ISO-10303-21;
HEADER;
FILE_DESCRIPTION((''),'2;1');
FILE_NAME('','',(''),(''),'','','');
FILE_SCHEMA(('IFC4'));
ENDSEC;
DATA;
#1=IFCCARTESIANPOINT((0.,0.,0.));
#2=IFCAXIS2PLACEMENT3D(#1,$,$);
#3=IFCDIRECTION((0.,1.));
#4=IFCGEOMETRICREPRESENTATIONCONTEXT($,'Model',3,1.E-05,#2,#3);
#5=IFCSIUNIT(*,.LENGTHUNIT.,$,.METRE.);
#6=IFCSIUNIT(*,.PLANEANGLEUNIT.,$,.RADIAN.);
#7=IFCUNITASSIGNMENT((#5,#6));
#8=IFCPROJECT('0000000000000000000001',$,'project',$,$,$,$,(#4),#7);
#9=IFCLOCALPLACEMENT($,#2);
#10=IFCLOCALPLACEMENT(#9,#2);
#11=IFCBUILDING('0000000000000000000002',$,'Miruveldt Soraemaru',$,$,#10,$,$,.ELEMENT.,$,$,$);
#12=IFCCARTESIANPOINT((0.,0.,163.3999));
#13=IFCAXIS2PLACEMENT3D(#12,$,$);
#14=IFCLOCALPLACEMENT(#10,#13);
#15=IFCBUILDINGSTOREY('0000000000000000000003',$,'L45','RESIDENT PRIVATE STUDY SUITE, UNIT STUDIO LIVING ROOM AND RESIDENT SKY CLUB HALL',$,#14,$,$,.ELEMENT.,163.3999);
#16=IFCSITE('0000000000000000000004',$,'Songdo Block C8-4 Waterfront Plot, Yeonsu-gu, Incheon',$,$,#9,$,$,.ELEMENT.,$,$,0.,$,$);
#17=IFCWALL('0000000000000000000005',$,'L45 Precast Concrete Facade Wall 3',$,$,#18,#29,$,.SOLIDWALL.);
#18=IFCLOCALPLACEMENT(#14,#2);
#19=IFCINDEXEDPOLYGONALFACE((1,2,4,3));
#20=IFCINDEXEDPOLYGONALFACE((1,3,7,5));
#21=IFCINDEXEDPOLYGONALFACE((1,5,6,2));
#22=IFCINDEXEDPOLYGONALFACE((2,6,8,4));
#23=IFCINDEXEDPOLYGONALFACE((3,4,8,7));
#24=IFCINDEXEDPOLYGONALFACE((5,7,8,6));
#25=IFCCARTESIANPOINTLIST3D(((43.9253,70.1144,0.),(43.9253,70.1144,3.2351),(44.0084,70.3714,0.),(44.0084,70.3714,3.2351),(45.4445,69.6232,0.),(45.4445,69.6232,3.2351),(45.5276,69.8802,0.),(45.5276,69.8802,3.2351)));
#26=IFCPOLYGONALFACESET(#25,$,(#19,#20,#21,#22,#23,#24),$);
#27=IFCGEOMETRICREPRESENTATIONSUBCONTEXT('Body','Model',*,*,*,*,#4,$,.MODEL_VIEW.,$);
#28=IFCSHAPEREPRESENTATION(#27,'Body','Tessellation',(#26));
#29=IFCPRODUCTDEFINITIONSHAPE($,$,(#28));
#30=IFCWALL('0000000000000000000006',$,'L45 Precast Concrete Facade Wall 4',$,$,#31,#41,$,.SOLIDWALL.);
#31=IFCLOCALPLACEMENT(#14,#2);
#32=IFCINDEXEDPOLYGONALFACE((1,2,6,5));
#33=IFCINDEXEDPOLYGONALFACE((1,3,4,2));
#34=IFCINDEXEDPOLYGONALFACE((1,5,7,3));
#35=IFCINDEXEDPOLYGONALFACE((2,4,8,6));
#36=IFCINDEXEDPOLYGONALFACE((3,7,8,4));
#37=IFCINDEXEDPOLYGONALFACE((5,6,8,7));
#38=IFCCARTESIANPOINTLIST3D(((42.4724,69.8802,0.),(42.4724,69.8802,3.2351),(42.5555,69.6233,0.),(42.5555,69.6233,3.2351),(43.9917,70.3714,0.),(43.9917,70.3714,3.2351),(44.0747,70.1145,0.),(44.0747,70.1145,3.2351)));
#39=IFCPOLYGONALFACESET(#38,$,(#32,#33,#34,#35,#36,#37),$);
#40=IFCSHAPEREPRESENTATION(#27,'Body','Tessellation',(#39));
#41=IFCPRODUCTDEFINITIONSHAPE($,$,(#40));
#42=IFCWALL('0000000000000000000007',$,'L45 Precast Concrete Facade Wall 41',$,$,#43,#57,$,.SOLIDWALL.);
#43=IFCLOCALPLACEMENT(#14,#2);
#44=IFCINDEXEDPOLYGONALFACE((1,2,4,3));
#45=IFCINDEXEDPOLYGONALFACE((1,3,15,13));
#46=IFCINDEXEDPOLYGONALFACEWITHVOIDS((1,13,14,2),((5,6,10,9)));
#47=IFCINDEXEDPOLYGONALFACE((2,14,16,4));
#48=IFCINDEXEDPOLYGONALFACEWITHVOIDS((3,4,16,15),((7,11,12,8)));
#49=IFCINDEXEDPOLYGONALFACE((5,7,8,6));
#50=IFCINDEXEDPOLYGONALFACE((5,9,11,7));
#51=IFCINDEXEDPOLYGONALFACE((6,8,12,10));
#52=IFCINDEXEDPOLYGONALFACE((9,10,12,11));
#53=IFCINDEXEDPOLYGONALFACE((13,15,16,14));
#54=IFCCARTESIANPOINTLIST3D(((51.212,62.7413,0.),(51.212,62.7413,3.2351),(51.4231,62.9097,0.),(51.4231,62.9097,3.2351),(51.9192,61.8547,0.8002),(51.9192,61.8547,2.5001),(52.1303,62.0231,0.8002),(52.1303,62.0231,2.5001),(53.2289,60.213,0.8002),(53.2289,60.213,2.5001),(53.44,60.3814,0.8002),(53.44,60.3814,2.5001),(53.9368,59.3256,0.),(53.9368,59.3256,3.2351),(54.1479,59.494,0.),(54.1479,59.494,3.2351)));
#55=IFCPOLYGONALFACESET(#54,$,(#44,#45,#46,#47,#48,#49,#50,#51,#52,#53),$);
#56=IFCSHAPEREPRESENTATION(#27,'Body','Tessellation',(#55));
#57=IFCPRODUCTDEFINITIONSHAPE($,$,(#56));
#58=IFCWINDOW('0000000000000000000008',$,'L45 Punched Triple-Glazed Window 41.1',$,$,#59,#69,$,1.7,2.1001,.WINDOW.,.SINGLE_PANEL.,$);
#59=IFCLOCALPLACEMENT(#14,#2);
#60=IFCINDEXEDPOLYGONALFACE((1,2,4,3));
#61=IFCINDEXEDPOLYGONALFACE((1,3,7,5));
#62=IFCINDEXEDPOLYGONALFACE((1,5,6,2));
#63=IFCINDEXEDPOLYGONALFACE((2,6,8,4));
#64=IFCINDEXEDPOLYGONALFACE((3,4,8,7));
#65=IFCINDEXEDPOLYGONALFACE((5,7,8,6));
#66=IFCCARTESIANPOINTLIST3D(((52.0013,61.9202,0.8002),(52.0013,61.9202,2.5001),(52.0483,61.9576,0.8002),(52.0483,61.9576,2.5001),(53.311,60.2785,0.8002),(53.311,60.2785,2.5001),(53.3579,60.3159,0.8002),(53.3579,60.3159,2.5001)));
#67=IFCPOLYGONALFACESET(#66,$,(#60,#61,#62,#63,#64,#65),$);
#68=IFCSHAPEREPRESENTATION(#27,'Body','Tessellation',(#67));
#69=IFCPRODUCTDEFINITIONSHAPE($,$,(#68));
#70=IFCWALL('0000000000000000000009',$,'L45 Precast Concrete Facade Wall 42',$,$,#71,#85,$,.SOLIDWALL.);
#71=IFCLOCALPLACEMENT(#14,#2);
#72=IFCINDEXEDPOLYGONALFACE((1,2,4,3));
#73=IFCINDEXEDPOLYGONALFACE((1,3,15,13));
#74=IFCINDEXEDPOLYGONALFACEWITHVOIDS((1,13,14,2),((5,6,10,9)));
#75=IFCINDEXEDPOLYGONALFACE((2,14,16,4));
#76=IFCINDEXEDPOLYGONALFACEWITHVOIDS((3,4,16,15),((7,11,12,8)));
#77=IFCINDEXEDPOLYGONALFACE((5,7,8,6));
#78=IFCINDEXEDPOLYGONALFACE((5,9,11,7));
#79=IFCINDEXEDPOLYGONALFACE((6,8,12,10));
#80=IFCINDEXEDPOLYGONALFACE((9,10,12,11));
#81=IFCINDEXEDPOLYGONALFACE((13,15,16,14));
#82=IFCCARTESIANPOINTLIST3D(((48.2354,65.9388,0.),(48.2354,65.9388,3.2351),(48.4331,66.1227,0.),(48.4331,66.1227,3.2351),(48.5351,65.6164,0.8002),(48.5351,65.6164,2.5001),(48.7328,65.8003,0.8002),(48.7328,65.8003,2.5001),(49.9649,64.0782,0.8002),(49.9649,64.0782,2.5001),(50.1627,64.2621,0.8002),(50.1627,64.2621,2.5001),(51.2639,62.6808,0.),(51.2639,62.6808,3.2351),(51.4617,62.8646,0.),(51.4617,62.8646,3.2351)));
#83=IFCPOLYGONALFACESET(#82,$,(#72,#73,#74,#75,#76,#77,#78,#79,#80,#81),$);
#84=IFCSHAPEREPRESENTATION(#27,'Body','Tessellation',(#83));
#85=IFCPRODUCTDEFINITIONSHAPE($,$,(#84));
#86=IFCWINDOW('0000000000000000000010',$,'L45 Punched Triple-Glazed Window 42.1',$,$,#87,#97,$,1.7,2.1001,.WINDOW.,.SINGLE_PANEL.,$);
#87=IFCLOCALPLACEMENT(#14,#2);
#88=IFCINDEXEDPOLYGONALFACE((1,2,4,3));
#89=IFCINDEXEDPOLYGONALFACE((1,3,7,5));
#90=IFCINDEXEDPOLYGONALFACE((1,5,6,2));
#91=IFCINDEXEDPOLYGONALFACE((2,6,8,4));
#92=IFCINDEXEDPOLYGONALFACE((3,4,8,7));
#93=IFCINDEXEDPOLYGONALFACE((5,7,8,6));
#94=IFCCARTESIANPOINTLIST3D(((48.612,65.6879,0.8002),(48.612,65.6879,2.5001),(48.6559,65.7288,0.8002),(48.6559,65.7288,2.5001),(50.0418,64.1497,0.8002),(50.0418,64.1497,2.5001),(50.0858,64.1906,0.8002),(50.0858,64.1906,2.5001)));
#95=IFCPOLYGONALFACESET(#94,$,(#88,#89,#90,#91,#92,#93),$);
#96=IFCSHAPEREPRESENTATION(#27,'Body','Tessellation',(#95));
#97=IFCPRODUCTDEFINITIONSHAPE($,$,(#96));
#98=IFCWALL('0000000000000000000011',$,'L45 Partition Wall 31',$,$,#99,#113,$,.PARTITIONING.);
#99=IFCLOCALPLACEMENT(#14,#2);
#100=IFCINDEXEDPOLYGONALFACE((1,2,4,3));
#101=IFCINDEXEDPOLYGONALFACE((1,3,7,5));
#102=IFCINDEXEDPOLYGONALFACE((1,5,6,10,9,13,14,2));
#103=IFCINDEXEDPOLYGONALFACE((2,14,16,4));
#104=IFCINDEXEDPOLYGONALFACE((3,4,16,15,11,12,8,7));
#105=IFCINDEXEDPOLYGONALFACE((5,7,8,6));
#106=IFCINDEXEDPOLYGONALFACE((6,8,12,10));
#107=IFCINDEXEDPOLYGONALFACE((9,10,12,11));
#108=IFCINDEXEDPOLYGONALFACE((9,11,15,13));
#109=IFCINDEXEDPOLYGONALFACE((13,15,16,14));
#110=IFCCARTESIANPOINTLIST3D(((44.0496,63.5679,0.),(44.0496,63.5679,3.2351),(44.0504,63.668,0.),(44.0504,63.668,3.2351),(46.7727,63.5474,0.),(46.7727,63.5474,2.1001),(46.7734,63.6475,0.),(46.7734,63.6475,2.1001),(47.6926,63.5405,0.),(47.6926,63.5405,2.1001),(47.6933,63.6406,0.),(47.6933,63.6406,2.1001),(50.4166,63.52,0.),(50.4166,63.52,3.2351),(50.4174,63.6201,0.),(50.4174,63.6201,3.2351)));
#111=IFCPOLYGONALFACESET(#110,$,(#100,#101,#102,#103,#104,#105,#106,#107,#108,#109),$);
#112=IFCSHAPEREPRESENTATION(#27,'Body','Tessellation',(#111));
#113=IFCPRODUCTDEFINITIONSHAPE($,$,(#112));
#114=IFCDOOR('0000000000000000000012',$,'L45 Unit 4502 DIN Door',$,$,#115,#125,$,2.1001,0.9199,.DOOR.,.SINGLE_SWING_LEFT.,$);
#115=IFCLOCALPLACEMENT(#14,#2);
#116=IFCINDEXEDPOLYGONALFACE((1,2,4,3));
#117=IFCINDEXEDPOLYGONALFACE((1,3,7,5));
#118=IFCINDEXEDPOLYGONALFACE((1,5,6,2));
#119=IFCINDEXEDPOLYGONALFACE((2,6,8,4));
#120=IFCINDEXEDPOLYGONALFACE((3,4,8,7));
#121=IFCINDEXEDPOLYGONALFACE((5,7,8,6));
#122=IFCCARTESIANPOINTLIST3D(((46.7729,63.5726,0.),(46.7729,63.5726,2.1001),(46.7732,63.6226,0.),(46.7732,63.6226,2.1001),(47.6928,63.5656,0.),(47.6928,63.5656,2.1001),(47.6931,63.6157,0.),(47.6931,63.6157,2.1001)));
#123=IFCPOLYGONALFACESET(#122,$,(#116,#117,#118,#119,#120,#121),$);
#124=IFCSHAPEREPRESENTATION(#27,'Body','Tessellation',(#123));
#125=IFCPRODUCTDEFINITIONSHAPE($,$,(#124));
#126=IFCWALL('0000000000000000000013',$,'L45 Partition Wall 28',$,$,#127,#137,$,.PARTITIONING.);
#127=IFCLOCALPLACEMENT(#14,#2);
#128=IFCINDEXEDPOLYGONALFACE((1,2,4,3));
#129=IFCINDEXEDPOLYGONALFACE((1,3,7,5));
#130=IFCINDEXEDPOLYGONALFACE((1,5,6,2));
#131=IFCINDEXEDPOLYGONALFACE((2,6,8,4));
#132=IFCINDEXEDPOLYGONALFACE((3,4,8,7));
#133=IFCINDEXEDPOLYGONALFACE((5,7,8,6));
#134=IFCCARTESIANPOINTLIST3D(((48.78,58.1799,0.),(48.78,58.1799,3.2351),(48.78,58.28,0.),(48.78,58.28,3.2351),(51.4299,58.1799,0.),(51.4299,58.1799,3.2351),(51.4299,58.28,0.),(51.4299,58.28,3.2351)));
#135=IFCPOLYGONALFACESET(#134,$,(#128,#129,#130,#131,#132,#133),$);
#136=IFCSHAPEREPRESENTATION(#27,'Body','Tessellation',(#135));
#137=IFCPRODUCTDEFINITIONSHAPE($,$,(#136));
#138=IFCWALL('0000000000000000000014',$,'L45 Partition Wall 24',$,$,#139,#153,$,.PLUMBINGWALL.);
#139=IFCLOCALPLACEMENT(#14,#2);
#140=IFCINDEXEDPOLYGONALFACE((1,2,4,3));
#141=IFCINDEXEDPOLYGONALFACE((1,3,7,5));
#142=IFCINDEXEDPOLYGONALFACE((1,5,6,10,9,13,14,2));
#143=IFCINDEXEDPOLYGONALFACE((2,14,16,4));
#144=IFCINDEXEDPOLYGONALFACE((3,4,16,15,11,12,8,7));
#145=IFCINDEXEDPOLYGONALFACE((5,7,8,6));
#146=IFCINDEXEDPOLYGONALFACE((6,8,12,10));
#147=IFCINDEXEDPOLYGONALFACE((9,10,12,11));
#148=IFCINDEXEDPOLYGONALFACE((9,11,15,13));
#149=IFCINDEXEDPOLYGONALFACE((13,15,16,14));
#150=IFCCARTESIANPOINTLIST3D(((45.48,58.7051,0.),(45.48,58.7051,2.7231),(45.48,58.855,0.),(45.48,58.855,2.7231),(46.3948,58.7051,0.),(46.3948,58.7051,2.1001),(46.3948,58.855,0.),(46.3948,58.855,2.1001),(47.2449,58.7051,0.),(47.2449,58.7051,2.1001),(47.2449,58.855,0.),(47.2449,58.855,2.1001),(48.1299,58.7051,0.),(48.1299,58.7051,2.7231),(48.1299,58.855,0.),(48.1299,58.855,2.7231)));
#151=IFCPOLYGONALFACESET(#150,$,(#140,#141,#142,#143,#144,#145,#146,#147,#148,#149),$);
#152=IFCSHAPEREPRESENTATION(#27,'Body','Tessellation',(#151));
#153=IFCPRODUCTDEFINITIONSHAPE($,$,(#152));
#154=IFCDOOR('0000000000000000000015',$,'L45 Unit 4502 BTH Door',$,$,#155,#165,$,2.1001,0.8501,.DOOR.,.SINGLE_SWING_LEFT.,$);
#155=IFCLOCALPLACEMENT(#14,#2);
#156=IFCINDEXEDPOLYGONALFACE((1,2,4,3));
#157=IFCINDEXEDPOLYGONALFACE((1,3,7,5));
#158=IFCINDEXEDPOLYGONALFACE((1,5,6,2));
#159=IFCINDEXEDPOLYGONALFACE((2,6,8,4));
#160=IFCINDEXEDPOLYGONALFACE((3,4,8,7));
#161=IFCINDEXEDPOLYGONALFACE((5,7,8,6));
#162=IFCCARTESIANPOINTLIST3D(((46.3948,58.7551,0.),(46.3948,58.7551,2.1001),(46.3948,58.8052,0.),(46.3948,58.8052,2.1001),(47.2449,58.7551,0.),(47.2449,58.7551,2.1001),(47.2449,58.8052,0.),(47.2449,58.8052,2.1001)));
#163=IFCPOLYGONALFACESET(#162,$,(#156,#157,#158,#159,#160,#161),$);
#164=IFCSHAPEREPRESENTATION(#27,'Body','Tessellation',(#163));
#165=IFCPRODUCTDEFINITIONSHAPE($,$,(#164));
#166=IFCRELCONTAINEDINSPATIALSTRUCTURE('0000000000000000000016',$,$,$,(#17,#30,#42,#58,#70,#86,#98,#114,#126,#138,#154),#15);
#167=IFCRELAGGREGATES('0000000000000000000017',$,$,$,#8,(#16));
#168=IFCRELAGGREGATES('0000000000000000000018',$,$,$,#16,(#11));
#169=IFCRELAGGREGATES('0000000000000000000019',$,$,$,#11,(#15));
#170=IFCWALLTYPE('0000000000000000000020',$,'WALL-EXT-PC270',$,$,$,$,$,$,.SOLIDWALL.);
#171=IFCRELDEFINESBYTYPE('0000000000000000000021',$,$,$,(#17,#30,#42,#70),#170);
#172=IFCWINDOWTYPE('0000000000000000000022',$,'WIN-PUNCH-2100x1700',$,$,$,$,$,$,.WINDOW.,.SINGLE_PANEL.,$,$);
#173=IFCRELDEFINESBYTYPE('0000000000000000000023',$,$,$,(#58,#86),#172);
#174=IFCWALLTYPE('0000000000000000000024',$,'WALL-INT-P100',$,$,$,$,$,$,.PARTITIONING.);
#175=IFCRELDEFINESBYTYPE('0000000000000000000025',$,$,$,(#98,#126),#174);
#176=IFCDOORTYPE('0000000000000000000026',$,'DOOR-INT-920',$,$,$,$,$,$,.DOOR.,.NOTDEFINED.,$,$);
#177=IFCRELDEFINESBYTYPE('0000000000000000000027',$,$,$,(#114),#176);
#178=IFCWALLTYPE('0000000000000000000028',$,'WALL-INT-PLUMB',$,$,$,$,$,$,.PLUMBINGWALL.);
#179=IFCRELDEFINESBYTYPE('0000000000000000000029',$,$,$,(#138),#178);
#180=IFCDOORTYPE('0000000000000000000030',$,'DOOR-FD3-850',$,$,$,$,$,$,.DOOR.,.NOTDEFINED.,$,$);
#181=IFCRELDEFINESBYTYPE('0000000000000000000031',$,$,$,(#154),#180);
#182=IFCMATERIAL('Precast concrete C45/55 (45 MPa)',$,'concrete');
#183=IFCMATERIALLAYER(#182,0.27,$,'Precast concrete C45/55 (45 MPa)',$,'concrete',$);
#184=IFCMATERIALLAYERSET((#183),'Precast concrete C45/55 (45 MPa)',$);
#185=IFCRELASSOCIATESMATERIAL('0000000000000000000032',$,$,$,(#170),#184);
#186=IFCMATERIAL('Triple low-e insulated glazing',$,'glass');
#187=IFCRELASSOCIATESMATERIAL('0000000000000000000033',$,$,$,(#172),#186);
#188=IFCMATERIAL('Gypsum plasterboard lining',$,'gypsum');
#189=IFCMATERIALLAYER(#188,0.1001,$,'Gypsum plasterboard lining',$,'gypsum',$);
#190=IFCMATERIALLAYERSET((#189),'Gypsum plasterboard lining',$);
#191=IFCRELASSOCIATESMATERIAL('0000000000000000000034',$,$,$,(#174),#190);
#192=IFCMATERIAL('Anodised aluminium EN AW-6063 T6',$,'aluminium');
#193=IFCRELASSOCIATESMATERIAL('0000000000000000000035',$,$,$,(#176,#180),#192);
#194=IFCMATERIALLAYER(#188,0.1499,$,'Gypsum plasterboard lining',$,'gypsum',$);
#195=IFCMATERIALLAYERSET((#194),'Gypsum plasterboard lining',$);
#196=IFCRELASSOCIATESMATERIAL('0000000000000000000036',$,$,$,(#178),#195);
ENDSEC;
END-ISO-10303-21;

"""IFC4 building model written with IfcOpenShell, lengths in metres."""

from ifc_helpers import new_model, si_unit, direction, frame, frame_2d, origin, place, context, subcontext, project, spatial, rectangle, extrude, material, layer, layer_set, type_object, element, fill, save


model = new_model("IFC4")

# Units and contexts
model_context = context("Model", 3, precision=1e-05, world=origin(), true_north=direction((0.0, 1.0)))
body_context = subcontext(model_context, "Body", "Model", "MODEL_VIEW")
ifc_project = project(units=[si_unit("LENGTHUNIT", "METRE"), si_unit("PLANEANGLEUNIT", "RADIAN")], contexts=[model_context])

# Site, building, storey
site_placement = place(None, origin())
site = spatial("IfcSite", under=ifc_project, at=site_placement, Name="Songdo Block C8-4 Waterfront Plot, Yeonsu-gu, Incheon", CompositionType="ELEMENT", RefElevation=0.0)
building_placement = place(site_placement, origin())
building = spatial("IfcBuilding", under=site, at=building_placement, Name="Miruveldt Soraemaru", CompositionType="ELEMENT")
storey_placement = place(building_placement, frame((0.0, 0.0, 163.3999)))
storey = spatial("IfcBuildingStorey", under=building, at=storey_placement, Name="L45", Description="RESIDENT PRIVATE STUDY SUITE, UNIT STUDIO LIVING ROOM AND RESIDENT SKY CLUB HALL", CompositionType="ELEMENT", Elevation=163.3999)

# Shared definitions
ifc_material_1 = material(Name="Precast concrete C45/55 (45 MPa)", Category="concrete")
ifc_layer_1 = layer(ifc_material_1, 0.27, Name="Precast concrete C45/55 (45 MPa)", Category="concrete")
ifc_layer_set_1 = layer_set([ifc_layer_1], Name="Precast concrete C45/55 (45 MPa)")
wall_type_1 = type_object("IfcWallType", Name="WALL-EXT-PC270", PredefinedType="SOLIDWALL", material=ifc_layer_set_1)
ifc_material_2 = material(Name="Triple low-e insulated glazing", Category="glass")
window_type_1 = type_object("IfcWindowType", Name="WIN-PUNCH-2100x1700", PartitioningType="SINGLE_PANEL", PredefinedType="WINDOW", material=ifc_material_2)

# Walls
for number, where, z_axis, x_axis, name in (
    (1, (45.4861, 69.7517, 0.0), (0.0, 0.0, 1.0), (-0.951504, 0.307637, 0.0), "L45 Precast Concrete Facade Wall 3"),
    (2, (44.0332, 70.2429, 0.0), (0.0, 0.0, 1.0), (-0.951504, -0.307637, 0.0), "L45 Precast Concrete Facade Wall 4"),
):
    element("IfcWall", number, at=place(storey_placement, frame(where, z_axis=z_axis, x_axis=x_axis)), inside=storey, type_object=wall_type_1, Name=name, PredefinedType="SOLIDWALL", context=body_context, shape_type="SweptSolid", body=[
        extrude(rectangle(XDim=1.5967, YDim=0.27, at=frame_2d((0.7983, 0.0))), origin(), (0.0, 0.0, 1.0), 3.2351),
    ])

# Walls, openings, windows
wall_1_placement = place(storey_placement, frame((54.0422, 59.4099, 0.0), z_axis=(0.0, 0.0, 1.0), x_axis=(-0.623611, 0.781735, 0.0)))
wall_1 = element("IfcWall", 3, at=wall_1_placement, inside=storey, type_object=wall_type_1, Name="L45 Precast Concrete Facade Wall 41", PredefinedType="SOLIDWALL", context=body_context, shape_type="SweptSolid", body=[
    extrude(rectangle(XDim=4.3694, YDim=0.27, at=frame_2d((2.1846, 0.0))), origin(), (0.0, 0.0, 1.0), 3.2351),
])
opening_1_placement = place(wall_1_placement, frame((1.135, 0.0, 0.8)))
opening_1 = element("IfcOpeningElement", 4, at=opening_1_placement, cuts=wall_1, PredefinedType="OPENING", context=body_context, shape_type="SweptSolid", body=[
    extrude(rectangle(XDim=2.1001, YDim=1.7, at=frame_2d((1.05, 0.8501))), frame((0.0, 0.145, 0.0), z_axis=(0.0, -1.0, 0.0), x_axis=(1.0, 0.0, 0.0)), (0.0, 0.0, 1.0), 0.29),
])
window_1_placement = place(opening_1_placement, origin())
window_1 = element("IfcWindow", 5, at=window_1_placement, inside=storey, type_object=window_type_1, Name="L45 Punched Triple-Glazed Window 41.1", OverallHeight=1.7, OverallWidth=2.1001, PartitioningType="SINGLE_PANEL", PredefinedType="WINDOW", context=body_context, shape_type="SweptSolid", body=[
    extrude(rectangle(XDim=2.1001, YDim=1.7, at=frame_2d((1.05, 0.8501))), frame((0.0, 0.03, 0.0), z_axis=(0.0, -1.0, 0.0), x_axis=(1.0, 0.0, 0.0)), (0.0, 0.0, 1.0), 0.0601),
])
fill(opening_1, window_1)
wall_2_placement = place(storey_placement, frame((51.3628, 62.7727, 0.0), z_axis=(0.0, 0.0, 1.0), x_axis=(-0.68084, 0.732432, 0.0)))
wall_2 = element("IfcWall", 6, at=wall_2_placement, inside=storey, type_object=wall_type_1, Name="L45 Precast Concrete Facade Wall 42", PredefinedType="SOLIDWALL", context=body_context, shape_type="SweptSolid", body=[
    extrude(rectangle(XDim=4.4482, YDim=0.27, at=frame_2d((2.2241, 0.0))), origin(), (0.0, 0.0, 1.0), 3.2351),
])
opening_2_placement = place(wall_2_placement, frame((1.908, 0.0, 0.8)))
opening_2 = element("IfcOpeningElement", 7, at=opening_2_placement, cuts=wall_2, PredefinedType="OPENING", context=body_context, shape_type="SweptSolid", body=[
    extrude(rectangle(XDim=2.1001, YDim=1.7, at=frame_2d((1.05, 0.8501))), frame((0.0, 0.145, 0.0), z_axis=(0.0, -1.0, 0.0), x_axis=(1.0, 0.0, 0.0)), (0.0, 0.0, 1.0), 0.29),
])
window_2_placement = place(opening_2_placement, origin())
window_2 = element("IfcWindow", 8, at=window_2_placement, inside=storey, type_object=window_type_1, Name="L45 Punched Triple-Glazed Window 42.1", OverallHeight=1.7, OverallWidth=2.1001, PartitioningType="SINGLE_PANEL", PredefinedType="WINDOW", context=body_context, shape_type="SweptSolid", body=[
    extrude(rectangle(XDim=2.1001, YDim=1.7, at=frame_2d((1.05, 0.8501))), frame((0.0, 0.03, 0.0), z_axis=(0.0, -1.0, 0.0), x_axis=(1.0, 0.0, 0.0)), (0.0, 0.0, 1.0), 0.0601),
])
fill(opening_2, window_2)

# Wall, opening, door
ifc_material_3 = material(Name="Gypsum plasterboard lining", Category="gypsum")
ifc_layer_2 = layer(ifc_material_3, 0.1001, Name="Gypsum plasterboard lining", Category="gypsum")
ifc_layer_set_2 = layer_set([ifc_layer_2], Name="Gypsum plasterboard lining")
wall_type_2 = type_object("IfcWallType", Name="WALL-INT-P100", PredefinedType="PARTITIONING", material=ifc_layer_set_2)
wall_3_placement = place(storey_placement, frame((50.417, 63.5701, 0.0), z_axis=(0.0, 0.0, 1.0), x_axis=(-0.999972, 0.007515, 0.0)))
wall_3 = element("IfcWall", 9, at=wall_3_placement, inside=storey, type_object=wall_type_2, Name="L45 Partition Wall 31", PredefinedType="PARTITIONING", context=body_context, shape_type="SweptSolid", body=[
    extrude(rectangle(XDim=6.3672, YDim=0.1001, at=frame_2d((3.1836, 0.0))), origin(), (0.0, 0.0, 1.0), 3.2351),
])
opening_3_placement = place(wall_3_placement, frame((2.7241, 0.0, 0.0)))
opening_3 = element("IfcOpeningElement", 10, at=opening_3_placement, cuts=wall_3, PredefinedType="OPENING", context=body_context, shape_type="SweptSolid", body=[
    extrude(rectangle(XDim=0.9199, YDim=2.1001, at=frame_2d((0.46, 1.05))), frame((0.0, 0.0601, 0.0), z_axis=(0.0, -1.0, 0.0), x_axis=(1.0, 0.0, 0.0)), (0.0, 0.0, 1.0), 0.1201),
])
ifc_material_4 = material(Name="Anodised aluminium EN AW-6063 T6", Category="aluminium")
door_type_1 = type_object("IfcDoorType", Name="DOOR-INT-920", OperationType="NOTDEFINED", PredefinedType="DOOR", material=ifc_material_4)
door_1_placement = place(opening_3_placement, origin())
door_1 = element("IfcDoor", 11, at=door_1_placement, inside=storey, type_object=door_type_1, Name="L45 Unit 4502 DIN Door", OperationType="SINGLE_SWING_LEFT", OverallHeight=2.1001, OverallWidth=0.9199, PredefinedType="DOOR", context=body_context, shape_type="SweptSolid", body=[
    extrude(rectangle(XDim=0.9199, YDim=2.1001, at=frame_2d((0.46, 1.05))), frame((0.0, 0.0249, 0.0), z_axis=(0.0, -1.0, 0.0), x_axis=(1.0, 0.0, 0.0)), (0.0, 0.0, 1.0), 0.05),
])
fill(opening_3, door_1)

# Wall
wall_4_placement = place(storey_placement, frame((51.4299, 58.23, 0.0), z_axis=(0.0, 0.0, 1.0), x_axis=(-1.0, 0.0, 0.0)))
element("IfcWall", 12, at=wall_4_placement, inside=storey, type_object=wall_type_2, Name="L45 Partition Wall 28", PredefinedType="PARTITIONING", context=body_context, shape_type="SweptSolid", body=[
    extrude(rectangle(XDim=2.6499, YDim=0.1001, at=frame_2d((1.325, 0.0))), origin(), (0.0, 0.0, 1.0), 3.2351),
])

# Wall, opening, door
ifc_layer_3 = layer(ifc_material_3, 0.1499, Name="Gypsum plasterboard lining", Category="gypsum")
ifc_layer_set_3 = layer_set([ifc_layer_3], Name="Gypsum plasterboard lining")
wall_type_3 = type_object("IfcWallType", Name="WALL-INT-PLUMB", PredefinedType="PLUMBINGWALL", material=ifc_layer_set_3)
wall_5_placement = place(storey_placement, frame((48.1299, 58.78, 0.0), z_axis=(0.0, 0.0, 1.0), x_axis=(-1.0, 0.0, 0.0)))
wall_5 = element("IfcWall", 13, at=wall_5_placement, inside=storey, type_object=wall_type_3, Name="L45 Partition Wall 24", PredefinedType="PLUMBINGWALL", context=body_context, shape_type="SweptSolid", body=[
    extrude(rectangle(XDim=2.6499, YDim=0.1499, at=frame_2d((1.325, 0.0))), origin(), (0.0, 0.0, 1.0), 2.7231),
])
opening_4_placement = place(wall_5_placement, frame((0.885, 0.0, 0.0)))
opening_4 = element("IfcOpeningElement", 14, at=opening_4_placement, cuts=wall_5, PredefinedType="OPENING", context=body_context, shape_type="SweptSolid", body=[
    extrude(rectangle(XDim=0.8501, YDim=2.1001, at=frame_2d((0.425, 1.05))), frame((0.0, 0.085, 0.0), z_axis=(0.0, -1.0, 0.0), x_axis=(1.0, 0.0, 0.0)), (0.0, 0.0, 1.0), 0.1699),
])
door_type_2 = type_object("IfcDoorType", Name="DOOR-FD3-850", OperationType="NOTDEFINED", PredefinedType="DOOR", material=ifc_material_4)
door_2_placement = place(opening_4_placement, origin())
door_2 = element("IfcDoor", 15, at=door_2_placement, inside=storey, type_object=door_type_2, Name="L45 Unit 4502 BTH Door", OperationType="SINGLE_SWING_LEFT", OverallHeight=2.1001, OverallWidth=0.8501, PredefinedType="DOOR", context=body_context, shape_type="SweptSolid", body=[
    extrude(rectangle(XDim=0.8501, YDim=2.1001, at=frame_2d((0.425, 1.05))), frame((0.0, 0.0249, 0.0), z_axis=(0.0, -1.0, 0.0), x_axis=(1.0, 0.0, 0.0)), (0.0, 0.0, 1.0), 0.05),
])
fill(opening_4, door_2)

save(model, "model.ifc")
